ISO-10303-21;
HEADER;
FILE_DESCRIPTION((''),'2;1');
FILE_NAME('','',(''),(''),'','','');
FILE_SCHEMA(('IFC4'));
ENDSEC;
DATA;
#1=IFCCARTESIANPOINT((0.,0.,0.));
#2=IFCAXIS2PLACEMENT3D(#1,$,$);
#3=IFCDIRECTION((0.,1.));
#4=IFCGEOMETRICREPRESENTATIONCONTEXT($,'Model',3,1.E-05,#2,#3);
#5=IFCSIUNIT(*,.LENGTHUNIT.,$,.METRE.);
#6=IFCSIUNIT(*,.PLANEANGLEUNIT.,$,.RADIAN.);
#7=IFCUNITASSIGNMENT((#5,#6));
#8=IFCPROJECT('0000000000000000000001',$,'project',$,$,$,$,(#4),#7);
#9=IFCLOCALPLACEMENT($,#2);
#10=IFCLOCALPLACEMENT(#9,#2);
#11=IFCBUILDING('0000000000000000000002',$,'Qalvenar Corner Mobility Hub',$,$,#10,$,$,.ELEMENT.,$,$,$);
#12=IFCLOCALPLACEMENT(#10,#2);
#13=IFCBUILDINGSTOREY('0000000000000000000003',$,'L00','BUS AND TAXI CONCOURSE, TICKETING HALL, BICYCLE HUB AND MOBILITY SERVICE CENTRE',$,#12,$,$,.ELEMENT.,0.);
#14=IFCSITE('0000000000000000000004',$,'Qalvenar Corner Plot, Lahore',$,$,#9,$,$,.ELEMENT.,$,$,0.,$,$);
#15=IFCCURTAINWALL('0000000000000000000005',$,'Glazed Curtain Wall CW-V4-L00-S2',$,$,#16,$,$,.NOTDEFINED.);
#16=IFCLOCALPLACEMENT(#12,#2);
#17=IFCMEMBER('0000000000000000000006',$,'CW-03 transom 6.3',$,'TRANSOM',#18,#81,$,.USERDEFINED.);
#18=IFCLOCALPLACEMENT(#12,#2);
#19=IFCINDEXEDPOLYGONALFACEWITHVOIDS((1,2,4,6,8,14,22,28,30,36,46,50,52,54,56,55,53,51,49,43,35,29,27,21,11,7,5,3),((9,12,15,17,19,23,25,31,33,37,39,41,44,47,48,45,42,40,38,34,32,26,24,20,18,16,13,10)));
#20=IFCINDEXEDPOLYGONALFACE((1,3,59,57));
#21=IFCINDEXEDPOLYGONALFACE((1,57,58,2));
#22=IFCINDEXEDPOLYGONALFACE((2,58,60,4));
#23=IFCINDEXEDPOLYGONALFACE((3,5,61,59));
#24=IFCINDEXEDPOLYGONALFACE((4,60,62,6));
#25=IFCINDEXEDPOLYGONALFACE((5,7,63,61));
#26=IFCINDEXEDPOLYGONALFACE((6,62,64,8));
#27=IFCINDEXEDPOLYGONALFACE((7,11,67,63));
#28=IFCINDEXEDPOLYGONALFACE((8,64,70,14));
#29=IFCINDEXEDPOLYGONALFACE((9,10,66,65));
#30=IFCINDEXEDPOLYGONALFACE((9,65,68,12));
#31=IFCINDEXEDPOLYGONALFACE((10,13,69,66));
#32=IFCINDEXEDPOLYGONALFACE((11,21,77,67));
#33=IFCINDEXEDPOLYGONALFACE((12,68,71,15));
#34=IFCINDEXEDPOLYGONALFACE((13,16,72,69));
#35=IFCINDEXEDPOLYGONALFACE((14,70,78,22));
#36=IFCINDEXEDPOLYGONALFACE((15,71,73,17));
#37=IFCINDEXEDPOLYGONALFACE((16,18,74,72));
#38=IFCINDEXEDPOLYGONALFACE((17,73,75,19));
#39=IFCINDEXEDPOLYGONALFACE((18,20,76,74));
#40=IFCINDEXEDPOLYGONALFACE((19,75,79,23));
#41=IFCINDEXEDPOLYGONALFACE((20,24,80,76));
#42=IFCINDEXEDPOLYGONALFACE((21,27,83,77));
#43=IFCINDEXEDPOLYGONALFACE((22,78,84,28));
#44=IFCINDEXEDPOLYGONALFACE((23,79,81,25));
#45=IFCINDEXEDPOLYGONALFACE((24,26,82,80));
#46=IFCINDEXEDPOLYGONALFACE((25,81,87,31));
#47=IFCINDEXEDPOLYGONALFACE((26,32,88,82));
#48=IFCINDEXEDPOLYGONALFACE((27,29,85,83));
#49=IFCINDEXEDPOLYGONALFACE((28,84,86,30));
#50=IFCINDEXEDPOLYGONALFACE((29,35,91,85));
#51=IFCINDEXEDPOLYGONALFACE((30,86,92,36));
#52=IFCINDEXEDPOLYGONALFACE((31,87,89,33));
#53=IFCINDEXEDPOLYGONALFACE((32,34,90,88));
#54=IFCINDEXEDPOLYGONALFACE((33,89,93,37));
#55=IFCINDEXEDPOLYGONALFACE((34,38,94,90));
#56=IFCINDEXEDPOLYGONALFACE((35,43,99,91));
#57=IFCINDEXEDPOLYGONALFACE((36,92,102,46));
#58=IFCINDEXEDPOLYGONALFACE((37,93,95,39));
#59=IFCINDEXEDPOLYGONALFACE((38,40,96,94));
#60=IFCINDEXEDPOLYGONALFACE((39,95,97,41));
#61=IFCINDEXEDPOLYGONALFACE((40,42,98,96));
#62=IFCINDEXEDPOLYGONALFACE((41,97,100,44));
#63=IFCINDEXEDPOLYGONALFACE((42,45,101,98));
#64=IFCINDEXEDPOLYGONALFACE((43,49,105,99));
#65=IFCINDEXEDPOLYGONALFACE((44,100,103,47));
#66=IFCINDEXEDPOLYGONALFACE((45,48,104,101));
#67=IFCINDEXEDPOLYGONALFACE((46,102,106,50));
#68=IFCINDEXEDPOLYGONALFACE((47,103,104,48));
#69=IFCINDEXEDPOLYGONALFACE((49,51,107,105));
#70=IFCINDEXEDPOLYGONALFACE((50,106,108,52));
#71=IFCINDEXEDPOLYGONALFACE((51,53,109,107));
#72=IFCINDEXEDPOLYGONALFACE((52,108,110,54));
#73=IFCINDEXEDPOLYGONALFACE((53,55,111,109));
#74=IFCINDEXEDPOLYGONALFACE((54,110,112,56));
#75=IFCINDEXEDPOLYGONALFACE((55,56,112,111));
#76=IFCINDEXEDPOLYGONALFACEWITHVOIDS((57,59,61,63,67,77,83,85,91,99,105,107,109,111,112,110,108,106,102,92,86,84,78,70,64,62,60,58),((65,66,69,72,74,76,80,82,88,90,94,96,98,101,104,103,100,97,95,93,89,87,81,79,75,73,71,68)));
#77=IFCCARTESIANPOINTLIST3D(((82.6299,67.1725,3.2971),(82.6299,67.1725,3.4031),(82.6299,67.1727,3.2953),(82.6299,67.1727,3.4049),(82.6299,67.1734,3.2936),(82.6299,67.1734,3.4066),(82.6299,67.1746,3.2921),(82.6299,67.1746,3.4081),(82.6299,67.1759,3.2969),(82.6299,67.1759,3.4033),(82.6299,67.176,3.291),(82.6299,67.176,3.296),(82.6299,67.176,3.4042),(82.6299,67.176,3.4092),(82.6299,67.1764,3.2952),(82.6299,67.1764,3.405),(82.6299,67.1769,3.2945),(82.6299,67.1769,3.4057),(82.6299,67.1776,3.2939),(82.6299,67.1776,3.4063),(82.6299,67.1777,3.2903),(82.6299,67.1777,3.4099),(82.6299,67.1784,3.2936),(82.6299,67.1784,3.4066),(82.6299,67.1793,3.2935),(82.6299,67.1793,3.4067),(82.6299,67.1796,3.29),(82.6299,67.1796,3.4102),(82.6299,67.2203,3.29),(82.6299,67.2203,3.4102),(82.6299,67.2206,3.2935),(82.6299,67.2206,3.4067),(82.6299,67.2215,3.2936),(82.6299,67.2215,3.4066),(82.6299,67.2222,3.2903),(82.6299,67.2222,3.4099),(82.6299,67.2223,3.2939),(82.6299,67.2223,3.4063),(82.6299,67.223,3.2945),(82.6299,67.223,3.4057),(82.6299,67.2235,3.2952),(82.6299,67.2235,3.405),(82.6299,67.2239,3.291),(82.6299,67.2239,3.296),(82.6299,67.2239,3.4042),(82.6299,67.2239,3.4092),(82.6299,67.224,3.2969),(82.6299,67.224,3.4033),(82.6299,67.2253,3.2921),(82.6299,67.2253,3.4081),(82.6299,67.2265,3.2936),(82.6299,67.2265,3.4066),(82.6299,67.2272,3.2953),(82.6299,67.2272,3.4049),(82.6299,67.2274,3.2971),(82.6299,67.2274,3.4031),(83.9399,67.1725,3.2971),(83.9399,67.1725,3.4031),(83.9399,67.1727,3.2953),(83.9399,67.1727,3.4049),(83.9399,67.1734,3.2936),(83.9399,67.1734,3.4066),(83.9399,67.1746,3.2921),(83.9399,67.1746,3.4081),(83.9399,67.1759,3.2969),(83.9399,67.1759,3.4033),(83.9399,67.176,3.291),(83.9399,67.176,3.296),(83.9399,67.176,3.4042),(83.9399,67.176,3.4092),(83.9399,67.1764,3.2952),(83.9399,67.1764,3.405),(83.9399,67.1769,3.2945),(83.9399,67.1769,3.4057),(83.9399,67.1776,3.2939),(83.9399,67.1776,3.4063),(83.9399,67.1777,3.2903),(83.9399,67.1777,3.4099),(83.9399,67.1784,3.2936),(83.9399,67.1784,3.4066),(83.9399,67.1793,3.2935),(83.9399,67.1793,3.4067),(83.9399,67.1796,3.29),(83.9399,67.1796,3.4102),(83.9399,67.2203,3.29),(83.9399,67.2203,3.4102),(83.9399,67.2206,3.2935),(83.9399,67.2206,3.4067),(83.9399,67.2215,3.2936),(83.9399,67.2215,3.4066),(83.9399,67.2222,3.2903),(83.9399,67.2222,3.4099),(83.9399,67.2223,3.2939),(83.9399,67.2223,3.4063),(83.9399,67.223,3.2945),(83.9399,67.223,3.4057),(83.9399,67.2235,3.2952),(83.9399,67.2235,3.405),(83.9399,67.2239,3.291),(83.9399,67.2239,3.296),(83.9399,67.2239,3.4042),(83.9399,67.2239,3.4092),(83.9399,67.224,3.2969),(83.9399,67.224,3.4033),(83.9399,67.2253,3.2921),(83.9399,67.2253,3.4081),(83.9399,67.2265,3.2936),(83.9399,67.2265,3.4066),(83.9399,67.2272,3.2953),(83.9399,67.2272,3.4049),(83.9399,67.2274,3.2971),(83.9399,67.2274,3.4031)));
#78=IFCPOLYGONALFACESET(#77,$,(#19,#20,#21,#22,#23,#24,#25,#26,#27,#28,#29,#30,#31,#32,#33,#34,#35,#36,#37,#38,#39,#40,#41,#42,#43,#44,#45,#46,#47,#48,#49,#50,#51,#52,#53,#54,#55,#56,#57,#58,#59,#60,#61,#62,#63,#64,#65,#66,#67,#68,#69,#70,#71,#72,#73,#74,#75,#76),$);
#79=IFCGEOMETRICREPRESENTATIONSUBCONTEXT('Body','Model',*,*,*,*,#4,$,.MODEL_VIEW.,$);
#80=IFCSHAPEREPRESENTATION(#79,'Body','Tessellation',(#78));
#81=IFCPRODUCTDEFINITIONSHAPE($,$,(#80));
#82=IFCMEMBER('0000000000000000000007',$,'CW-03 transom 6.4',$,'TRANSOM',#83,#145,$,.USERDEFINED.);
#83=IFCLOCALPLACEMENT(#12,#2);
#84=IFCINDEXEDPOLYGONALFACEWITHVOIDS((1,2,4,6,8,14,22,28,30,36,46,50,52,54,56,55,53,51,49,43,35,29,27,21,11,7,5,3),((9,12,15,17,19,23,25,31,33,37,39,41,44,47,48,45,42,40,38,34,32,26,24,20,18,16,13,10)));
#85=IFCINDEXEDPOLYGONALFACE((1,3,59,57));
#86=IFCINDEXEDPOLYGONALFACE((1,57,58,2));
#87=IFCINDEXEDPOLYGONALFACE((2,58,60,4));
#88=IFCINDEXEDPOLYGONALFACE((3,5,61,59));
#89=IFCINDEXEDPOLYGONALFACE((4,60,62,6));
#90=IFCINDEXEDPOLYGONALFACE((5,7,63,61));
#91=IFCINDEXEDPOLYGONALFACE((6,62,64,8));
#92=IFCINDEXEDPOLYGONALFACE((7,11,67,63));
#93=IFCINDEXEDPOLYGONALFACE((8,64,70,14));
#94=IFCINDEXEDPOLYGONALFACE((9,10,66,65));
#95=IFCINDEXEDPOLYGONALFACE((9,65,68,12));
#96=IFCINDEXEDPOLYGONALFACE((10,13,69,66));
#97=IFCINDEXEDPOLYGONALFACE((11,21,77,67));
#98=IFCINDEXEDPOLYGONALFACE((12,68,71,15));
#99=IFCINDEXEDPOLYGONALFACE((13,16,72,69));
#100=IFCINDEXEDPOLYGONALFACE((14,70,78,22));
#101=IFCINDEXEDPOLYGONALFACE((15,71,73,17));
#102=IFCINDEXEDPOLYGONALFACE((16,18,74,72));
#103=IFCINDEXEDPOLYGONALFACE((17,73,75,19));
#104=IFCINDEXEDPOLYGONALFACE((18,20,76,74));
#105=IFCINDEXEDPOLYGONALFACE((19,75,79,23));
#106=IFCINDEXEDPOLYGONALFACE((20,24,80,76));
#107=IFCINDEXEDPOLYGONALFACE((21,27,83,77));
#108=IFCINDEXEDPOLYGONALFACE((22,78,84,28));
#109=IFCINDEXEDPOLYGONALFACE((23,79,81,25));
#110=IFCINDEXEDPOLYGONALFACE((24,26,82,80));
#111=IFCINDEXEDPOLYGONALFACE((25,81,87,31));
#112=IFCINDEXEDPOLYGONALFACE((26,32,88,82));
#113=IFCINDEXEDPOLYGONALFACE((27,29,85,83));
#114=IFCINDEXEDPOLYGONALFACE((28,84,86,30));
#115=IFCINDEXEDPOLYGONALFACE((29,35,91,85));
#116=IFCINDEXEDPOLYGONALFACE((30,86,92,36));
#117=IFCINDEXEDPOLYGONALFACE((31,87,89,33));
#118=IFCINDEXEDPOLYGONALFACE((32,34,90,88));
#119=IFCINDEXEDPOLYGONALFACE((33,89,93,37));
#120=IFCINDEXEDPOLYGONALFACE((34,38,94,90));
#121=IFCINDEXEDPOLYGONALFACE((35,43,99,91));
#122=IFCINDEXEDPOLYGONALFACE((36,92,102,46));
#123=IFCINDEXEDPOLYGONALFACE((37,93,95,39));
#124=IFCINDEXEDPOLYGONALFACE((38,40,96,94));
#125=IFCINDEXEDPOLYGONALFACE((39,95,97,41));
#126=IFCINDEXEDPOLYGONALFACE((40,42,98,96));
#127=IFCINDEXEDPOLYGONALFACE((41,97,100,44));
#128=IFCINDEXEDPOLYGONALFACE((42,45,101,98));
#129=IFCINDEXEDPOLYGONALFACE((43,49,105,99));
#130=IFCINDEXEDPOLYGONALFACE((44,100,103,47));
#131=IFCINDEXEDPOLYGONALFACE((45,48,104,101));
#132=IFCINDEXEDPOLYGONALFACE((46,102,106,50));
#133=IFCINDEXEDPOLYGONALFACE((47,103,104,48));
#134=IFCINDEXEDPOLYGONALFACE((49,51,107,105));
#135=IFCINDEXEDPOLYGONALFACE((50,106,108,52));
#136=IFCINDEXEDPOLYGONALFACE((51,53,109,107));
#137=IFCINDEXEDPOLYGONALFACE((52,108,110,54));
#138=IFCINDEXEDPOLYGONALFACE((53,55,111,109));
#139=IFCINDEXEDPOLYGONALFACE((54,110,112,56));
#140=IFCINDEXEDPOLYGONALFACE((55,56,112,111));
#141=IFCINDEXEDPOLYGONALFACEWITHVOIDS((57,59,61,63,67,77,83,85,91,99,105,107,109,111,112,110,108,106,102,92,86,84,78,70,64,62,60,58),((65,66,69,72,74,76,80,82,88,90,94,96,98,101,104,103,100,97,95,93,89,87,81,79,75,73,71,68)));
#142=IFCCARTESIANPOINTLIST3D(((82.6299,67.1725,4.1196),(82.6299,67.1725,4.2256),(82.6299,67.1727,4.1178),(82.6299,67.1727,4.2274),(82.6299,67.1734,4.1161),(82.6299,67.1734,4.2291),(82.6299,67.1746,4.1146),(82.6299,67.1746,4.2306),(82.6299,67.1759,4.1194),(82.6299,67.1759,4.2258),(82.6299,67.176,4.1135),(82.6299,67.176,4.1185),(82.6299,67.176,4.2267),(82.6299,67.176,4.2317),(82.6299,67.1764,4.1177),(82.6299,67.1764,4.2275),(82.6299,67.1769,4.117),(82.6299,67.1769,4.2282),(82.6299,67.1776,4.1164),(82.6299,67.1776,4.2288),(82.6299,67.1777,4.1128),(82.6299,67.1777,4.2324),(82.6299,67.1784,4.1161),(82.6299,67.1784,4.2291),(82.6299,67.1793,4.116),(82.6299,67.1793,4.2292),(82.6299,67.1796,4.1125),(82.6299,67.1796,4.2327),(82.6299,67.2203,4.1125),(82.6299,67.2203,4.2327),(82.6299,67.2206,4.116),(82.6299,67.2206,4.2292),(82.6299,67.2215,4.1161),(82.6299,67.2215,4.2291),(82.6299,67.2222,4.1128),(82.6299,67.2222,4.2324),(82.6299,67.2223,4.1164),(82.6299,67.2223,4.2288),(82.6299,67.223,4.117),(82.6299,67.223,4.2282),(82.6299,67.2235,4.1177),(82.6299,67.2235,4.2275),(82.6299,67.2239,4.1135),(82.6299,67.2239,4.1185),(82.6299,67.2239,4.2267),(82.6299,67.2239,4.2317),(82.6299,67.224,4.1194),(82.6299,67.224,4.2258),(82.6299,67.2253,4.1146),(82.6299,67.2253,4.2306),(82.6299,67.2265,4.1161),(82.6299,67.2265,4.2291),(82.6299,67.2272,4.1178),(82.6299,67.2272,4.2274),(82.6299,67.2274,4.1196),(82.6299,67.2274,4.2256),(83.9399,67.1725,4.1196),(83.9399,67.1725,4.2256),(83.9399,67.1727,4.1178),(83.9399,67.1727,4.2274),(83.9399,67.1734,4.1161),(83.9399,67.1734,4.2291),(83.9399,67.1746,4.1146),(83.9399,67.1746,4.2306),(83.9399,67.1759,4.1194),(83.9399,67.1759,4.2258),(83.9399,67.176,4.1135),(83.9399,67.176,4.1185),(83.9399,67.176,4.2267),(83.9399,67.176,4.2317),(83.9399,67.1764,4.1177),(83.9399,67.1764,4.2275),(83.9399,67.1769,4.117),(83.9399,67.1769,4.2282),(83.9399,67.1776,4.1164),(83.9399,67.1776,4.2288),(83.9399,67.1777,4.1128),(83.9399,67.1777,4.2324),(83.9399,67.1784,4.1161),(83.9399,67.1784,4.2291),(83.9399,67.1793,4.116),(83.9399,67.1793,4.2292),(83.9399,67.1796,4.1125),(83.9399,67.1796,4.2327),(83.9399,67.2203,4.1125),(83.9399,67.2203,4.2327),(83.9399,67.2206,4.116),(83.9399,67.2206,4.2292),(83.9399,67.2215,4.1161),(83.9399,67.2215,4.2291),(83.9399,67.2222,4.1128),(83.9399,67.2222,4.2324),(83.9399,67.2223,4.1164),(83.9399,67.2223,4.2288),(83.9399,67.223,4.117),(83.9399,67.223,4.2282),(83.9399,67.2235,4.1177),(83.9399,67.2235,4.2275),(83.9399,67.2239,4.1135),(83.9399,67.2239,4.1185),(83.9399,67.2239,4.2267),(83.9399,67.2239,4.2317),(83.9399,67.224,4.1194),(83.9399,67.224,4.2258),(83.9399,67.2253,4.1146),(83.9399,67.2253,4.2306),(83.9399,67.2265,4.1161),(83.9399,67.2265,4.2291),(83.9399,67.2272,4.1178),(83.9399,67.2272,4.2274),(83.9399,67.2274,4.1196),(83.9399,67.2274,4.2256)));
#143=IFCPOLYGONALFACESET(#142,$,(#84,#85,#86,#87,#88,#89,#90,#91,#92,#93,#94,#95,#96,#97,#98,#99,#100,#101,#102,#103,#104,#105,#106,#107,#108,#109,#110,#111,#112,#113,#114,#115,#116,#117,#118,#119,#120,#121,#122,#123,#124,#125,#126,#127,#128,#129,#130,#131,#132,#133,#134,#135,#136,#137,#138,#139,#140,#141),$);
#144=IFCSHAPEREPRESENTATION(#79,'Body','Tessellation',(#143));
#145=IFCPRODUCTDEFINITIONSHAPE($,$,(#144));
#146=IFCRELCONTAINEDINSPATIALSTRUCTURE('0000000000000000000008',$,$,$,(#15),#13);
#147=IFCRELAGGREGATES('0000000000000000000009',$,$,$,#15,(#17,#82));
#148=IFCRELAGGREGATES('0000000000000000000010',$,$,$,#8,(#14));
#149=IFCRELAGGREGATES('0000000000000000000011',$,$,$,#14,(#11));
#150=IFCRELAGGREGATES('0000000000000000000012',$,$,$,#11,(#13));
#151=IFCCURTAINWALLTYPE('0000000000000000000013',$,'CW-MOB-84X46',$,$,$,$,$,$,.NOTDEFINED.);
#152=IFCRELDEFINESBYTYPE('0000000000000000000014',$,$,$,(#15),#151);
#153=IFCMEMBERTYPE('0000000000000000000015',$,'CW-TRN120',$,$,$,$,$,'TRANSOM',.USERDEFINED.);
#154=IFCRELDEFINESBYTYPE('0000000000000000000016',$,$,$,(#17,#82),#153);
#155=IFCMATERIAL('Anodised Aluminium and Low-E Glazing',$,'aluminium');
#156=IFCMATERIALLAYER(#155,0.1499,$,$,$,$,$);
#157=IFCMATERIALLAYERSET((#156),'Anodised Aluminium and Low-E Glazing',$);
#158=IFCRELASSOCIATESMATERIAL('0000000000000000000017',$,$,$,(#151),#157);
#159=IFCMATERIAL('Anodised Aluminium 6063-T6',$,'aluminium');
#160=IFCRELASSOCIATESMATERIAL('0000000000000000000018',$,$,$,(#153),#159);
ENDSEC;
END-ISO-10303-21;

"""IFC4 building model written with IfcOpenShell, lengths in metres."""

from ifc_helpers import new_model, si_unit, direction, frame, origin, origin_2d, place, context, subcontext, project, spatial, hollow_rectangle, extrude, material, layer, layer_set, material_profile, profile_set, type_object, element, aggregate, save


model = new_model("IFC4")

# Units and contexts
model_context = context("Model", 3, precision=1e-05, world=origin(), true_north=direction((0.0, 1.0)))
body_context = subcontext(model_context, "Body", "Model", "MODEL_VIEW")
ifc_project = project(units=[si_unit("LENGTHUNIT", "METRE"), si_unit("PLANEANGLEUNIT", "RADIAN")], contexts=[model_context])

# Site, building, storey
site_placement = place(None, origin())
site = spatial("IfcSite", under=ifc_project, at=site_placement, Name="Qalvenar Corner Plot, Lahore", CompositionType="ELEMENT", RefElevation=0.0)
building_placement = place(site_placement, origin())
building = spatial("IfcBuilding", under=site, at=building_placement, Name="Qalvenar Corner Mobility Hub", CompositionType="ELEMENT")
storey_placement = place(building_placement, origin())
storey = spatial("IfcBuildingStorey", under=building, at=storey_placement, Name="L00", Description="BUS AND TAXI CONCOURSE, TICKETING HALL, BICYCLE HUB AND MOBILITY SERVICE CENTRE", CompositionType="ELEMENT", Elevation=0.0)

# Curtain wall
ifc_material_1 = material(Name="Anodised Aluminium and Low-E Glazing", Category="aluminium")
ifc_layer_1 = layer(ifc_material_1, 0.1499)
ifc_layer_set_1 = layer_set([ifc_layer_1], Name="Anodised Aluminium and Low-E Glazing")
curtain_wall_type = type_object("IfcCurtainWallType", Name="CW-MOB-84X46", PredefinedType="NOTDEFINED", material=ifc_layer_set_1)
curtain_wall_1_placement = place(storey_placement, origin())
curtain_wall_1 = element("IfcCurtainWall", 1, at=curtain_wall_1_placement, inside=storey, type_object=curtain_wall_type, Name="Glazed Curtain Wall CW-V4-L00-S2", PredefinedType="NOTDEFINED")
ifc_material_2 = material(Name="Anodised Aluminium 6063-T6", Category="aluminium")

# Members
ifc_material_profile_1 = material_profile(ifc_material_2, hollow_rectangle(XDim=0.0549, YDim=0.1201, WallThickness=0.0034, InnerFilletRadius=0.0034, OuterFilletRadius=0.0071, at=origin_2d()), Name="RHS120x55x3.5")
ifc_profile_set_1 = profile_set([ifc_material_profile_1], Name="Anodised Aluminium 6063-T6")
member_type_1 = type_object("IfcMemberType", Name="CW-TRN120", ElementType="TRANSOM", PredefinedType="USERDEFINED", material=ifc_profile_set_1)
member_1_placement = place(storey_placement, frame((82.6299, 67.2, 3.3501), z_axis=(1.0, 0.0, 0.0), x_axis=(0.0, 1.0, 0.0)))
member_1 = element("IfcMember", 2, at=member_1_placement, type_object=member_type_1, Name="CW-03 transom 6.3", ObjectType="TRANSOM", PredefinedType="USERDEFINED", context=body_context, shape_type="SweptSolid", body=[
    extrude(hollow_rectangle(XDim=0.0549, YDim=0.1201, WallThickness=0.0034, InnerFilletRadius=0.0034, OuterFilletRadius=0.0071, at=origin_2d()), origin(), (0.0, 0.0, 1.0), 1.3101),
])
member_2_placement = place(storey_placement, frame((82.6299, 67.2, 4.1726), z_axis=(1.0, 0.0, 0.0), x_axis=(0.0, 1.0, 0.0)))
member_2 = element("IfcMember", 3, at=member_2_placement, type_object=member_type_1, Name="CW-03 transom 6.4", ObjectType="TRANSOM", PredefinedType="USERDEFINED", context=body_context, shape_type="SweptSolid", body=[
    extrude(hollow_rectangle(XDim=0.0549, YDim=0.1201, WallThickness=0.0034, InnerFilletRadius=0.0034, OuterFilletRadius=0.0071, at=origin_2d()), origin(), (0.0, 0.0, 1.0), 1.3101),
])

aggregate(curtain_wall_1, [member_1, member_2])

save(model, "model.ifc")
